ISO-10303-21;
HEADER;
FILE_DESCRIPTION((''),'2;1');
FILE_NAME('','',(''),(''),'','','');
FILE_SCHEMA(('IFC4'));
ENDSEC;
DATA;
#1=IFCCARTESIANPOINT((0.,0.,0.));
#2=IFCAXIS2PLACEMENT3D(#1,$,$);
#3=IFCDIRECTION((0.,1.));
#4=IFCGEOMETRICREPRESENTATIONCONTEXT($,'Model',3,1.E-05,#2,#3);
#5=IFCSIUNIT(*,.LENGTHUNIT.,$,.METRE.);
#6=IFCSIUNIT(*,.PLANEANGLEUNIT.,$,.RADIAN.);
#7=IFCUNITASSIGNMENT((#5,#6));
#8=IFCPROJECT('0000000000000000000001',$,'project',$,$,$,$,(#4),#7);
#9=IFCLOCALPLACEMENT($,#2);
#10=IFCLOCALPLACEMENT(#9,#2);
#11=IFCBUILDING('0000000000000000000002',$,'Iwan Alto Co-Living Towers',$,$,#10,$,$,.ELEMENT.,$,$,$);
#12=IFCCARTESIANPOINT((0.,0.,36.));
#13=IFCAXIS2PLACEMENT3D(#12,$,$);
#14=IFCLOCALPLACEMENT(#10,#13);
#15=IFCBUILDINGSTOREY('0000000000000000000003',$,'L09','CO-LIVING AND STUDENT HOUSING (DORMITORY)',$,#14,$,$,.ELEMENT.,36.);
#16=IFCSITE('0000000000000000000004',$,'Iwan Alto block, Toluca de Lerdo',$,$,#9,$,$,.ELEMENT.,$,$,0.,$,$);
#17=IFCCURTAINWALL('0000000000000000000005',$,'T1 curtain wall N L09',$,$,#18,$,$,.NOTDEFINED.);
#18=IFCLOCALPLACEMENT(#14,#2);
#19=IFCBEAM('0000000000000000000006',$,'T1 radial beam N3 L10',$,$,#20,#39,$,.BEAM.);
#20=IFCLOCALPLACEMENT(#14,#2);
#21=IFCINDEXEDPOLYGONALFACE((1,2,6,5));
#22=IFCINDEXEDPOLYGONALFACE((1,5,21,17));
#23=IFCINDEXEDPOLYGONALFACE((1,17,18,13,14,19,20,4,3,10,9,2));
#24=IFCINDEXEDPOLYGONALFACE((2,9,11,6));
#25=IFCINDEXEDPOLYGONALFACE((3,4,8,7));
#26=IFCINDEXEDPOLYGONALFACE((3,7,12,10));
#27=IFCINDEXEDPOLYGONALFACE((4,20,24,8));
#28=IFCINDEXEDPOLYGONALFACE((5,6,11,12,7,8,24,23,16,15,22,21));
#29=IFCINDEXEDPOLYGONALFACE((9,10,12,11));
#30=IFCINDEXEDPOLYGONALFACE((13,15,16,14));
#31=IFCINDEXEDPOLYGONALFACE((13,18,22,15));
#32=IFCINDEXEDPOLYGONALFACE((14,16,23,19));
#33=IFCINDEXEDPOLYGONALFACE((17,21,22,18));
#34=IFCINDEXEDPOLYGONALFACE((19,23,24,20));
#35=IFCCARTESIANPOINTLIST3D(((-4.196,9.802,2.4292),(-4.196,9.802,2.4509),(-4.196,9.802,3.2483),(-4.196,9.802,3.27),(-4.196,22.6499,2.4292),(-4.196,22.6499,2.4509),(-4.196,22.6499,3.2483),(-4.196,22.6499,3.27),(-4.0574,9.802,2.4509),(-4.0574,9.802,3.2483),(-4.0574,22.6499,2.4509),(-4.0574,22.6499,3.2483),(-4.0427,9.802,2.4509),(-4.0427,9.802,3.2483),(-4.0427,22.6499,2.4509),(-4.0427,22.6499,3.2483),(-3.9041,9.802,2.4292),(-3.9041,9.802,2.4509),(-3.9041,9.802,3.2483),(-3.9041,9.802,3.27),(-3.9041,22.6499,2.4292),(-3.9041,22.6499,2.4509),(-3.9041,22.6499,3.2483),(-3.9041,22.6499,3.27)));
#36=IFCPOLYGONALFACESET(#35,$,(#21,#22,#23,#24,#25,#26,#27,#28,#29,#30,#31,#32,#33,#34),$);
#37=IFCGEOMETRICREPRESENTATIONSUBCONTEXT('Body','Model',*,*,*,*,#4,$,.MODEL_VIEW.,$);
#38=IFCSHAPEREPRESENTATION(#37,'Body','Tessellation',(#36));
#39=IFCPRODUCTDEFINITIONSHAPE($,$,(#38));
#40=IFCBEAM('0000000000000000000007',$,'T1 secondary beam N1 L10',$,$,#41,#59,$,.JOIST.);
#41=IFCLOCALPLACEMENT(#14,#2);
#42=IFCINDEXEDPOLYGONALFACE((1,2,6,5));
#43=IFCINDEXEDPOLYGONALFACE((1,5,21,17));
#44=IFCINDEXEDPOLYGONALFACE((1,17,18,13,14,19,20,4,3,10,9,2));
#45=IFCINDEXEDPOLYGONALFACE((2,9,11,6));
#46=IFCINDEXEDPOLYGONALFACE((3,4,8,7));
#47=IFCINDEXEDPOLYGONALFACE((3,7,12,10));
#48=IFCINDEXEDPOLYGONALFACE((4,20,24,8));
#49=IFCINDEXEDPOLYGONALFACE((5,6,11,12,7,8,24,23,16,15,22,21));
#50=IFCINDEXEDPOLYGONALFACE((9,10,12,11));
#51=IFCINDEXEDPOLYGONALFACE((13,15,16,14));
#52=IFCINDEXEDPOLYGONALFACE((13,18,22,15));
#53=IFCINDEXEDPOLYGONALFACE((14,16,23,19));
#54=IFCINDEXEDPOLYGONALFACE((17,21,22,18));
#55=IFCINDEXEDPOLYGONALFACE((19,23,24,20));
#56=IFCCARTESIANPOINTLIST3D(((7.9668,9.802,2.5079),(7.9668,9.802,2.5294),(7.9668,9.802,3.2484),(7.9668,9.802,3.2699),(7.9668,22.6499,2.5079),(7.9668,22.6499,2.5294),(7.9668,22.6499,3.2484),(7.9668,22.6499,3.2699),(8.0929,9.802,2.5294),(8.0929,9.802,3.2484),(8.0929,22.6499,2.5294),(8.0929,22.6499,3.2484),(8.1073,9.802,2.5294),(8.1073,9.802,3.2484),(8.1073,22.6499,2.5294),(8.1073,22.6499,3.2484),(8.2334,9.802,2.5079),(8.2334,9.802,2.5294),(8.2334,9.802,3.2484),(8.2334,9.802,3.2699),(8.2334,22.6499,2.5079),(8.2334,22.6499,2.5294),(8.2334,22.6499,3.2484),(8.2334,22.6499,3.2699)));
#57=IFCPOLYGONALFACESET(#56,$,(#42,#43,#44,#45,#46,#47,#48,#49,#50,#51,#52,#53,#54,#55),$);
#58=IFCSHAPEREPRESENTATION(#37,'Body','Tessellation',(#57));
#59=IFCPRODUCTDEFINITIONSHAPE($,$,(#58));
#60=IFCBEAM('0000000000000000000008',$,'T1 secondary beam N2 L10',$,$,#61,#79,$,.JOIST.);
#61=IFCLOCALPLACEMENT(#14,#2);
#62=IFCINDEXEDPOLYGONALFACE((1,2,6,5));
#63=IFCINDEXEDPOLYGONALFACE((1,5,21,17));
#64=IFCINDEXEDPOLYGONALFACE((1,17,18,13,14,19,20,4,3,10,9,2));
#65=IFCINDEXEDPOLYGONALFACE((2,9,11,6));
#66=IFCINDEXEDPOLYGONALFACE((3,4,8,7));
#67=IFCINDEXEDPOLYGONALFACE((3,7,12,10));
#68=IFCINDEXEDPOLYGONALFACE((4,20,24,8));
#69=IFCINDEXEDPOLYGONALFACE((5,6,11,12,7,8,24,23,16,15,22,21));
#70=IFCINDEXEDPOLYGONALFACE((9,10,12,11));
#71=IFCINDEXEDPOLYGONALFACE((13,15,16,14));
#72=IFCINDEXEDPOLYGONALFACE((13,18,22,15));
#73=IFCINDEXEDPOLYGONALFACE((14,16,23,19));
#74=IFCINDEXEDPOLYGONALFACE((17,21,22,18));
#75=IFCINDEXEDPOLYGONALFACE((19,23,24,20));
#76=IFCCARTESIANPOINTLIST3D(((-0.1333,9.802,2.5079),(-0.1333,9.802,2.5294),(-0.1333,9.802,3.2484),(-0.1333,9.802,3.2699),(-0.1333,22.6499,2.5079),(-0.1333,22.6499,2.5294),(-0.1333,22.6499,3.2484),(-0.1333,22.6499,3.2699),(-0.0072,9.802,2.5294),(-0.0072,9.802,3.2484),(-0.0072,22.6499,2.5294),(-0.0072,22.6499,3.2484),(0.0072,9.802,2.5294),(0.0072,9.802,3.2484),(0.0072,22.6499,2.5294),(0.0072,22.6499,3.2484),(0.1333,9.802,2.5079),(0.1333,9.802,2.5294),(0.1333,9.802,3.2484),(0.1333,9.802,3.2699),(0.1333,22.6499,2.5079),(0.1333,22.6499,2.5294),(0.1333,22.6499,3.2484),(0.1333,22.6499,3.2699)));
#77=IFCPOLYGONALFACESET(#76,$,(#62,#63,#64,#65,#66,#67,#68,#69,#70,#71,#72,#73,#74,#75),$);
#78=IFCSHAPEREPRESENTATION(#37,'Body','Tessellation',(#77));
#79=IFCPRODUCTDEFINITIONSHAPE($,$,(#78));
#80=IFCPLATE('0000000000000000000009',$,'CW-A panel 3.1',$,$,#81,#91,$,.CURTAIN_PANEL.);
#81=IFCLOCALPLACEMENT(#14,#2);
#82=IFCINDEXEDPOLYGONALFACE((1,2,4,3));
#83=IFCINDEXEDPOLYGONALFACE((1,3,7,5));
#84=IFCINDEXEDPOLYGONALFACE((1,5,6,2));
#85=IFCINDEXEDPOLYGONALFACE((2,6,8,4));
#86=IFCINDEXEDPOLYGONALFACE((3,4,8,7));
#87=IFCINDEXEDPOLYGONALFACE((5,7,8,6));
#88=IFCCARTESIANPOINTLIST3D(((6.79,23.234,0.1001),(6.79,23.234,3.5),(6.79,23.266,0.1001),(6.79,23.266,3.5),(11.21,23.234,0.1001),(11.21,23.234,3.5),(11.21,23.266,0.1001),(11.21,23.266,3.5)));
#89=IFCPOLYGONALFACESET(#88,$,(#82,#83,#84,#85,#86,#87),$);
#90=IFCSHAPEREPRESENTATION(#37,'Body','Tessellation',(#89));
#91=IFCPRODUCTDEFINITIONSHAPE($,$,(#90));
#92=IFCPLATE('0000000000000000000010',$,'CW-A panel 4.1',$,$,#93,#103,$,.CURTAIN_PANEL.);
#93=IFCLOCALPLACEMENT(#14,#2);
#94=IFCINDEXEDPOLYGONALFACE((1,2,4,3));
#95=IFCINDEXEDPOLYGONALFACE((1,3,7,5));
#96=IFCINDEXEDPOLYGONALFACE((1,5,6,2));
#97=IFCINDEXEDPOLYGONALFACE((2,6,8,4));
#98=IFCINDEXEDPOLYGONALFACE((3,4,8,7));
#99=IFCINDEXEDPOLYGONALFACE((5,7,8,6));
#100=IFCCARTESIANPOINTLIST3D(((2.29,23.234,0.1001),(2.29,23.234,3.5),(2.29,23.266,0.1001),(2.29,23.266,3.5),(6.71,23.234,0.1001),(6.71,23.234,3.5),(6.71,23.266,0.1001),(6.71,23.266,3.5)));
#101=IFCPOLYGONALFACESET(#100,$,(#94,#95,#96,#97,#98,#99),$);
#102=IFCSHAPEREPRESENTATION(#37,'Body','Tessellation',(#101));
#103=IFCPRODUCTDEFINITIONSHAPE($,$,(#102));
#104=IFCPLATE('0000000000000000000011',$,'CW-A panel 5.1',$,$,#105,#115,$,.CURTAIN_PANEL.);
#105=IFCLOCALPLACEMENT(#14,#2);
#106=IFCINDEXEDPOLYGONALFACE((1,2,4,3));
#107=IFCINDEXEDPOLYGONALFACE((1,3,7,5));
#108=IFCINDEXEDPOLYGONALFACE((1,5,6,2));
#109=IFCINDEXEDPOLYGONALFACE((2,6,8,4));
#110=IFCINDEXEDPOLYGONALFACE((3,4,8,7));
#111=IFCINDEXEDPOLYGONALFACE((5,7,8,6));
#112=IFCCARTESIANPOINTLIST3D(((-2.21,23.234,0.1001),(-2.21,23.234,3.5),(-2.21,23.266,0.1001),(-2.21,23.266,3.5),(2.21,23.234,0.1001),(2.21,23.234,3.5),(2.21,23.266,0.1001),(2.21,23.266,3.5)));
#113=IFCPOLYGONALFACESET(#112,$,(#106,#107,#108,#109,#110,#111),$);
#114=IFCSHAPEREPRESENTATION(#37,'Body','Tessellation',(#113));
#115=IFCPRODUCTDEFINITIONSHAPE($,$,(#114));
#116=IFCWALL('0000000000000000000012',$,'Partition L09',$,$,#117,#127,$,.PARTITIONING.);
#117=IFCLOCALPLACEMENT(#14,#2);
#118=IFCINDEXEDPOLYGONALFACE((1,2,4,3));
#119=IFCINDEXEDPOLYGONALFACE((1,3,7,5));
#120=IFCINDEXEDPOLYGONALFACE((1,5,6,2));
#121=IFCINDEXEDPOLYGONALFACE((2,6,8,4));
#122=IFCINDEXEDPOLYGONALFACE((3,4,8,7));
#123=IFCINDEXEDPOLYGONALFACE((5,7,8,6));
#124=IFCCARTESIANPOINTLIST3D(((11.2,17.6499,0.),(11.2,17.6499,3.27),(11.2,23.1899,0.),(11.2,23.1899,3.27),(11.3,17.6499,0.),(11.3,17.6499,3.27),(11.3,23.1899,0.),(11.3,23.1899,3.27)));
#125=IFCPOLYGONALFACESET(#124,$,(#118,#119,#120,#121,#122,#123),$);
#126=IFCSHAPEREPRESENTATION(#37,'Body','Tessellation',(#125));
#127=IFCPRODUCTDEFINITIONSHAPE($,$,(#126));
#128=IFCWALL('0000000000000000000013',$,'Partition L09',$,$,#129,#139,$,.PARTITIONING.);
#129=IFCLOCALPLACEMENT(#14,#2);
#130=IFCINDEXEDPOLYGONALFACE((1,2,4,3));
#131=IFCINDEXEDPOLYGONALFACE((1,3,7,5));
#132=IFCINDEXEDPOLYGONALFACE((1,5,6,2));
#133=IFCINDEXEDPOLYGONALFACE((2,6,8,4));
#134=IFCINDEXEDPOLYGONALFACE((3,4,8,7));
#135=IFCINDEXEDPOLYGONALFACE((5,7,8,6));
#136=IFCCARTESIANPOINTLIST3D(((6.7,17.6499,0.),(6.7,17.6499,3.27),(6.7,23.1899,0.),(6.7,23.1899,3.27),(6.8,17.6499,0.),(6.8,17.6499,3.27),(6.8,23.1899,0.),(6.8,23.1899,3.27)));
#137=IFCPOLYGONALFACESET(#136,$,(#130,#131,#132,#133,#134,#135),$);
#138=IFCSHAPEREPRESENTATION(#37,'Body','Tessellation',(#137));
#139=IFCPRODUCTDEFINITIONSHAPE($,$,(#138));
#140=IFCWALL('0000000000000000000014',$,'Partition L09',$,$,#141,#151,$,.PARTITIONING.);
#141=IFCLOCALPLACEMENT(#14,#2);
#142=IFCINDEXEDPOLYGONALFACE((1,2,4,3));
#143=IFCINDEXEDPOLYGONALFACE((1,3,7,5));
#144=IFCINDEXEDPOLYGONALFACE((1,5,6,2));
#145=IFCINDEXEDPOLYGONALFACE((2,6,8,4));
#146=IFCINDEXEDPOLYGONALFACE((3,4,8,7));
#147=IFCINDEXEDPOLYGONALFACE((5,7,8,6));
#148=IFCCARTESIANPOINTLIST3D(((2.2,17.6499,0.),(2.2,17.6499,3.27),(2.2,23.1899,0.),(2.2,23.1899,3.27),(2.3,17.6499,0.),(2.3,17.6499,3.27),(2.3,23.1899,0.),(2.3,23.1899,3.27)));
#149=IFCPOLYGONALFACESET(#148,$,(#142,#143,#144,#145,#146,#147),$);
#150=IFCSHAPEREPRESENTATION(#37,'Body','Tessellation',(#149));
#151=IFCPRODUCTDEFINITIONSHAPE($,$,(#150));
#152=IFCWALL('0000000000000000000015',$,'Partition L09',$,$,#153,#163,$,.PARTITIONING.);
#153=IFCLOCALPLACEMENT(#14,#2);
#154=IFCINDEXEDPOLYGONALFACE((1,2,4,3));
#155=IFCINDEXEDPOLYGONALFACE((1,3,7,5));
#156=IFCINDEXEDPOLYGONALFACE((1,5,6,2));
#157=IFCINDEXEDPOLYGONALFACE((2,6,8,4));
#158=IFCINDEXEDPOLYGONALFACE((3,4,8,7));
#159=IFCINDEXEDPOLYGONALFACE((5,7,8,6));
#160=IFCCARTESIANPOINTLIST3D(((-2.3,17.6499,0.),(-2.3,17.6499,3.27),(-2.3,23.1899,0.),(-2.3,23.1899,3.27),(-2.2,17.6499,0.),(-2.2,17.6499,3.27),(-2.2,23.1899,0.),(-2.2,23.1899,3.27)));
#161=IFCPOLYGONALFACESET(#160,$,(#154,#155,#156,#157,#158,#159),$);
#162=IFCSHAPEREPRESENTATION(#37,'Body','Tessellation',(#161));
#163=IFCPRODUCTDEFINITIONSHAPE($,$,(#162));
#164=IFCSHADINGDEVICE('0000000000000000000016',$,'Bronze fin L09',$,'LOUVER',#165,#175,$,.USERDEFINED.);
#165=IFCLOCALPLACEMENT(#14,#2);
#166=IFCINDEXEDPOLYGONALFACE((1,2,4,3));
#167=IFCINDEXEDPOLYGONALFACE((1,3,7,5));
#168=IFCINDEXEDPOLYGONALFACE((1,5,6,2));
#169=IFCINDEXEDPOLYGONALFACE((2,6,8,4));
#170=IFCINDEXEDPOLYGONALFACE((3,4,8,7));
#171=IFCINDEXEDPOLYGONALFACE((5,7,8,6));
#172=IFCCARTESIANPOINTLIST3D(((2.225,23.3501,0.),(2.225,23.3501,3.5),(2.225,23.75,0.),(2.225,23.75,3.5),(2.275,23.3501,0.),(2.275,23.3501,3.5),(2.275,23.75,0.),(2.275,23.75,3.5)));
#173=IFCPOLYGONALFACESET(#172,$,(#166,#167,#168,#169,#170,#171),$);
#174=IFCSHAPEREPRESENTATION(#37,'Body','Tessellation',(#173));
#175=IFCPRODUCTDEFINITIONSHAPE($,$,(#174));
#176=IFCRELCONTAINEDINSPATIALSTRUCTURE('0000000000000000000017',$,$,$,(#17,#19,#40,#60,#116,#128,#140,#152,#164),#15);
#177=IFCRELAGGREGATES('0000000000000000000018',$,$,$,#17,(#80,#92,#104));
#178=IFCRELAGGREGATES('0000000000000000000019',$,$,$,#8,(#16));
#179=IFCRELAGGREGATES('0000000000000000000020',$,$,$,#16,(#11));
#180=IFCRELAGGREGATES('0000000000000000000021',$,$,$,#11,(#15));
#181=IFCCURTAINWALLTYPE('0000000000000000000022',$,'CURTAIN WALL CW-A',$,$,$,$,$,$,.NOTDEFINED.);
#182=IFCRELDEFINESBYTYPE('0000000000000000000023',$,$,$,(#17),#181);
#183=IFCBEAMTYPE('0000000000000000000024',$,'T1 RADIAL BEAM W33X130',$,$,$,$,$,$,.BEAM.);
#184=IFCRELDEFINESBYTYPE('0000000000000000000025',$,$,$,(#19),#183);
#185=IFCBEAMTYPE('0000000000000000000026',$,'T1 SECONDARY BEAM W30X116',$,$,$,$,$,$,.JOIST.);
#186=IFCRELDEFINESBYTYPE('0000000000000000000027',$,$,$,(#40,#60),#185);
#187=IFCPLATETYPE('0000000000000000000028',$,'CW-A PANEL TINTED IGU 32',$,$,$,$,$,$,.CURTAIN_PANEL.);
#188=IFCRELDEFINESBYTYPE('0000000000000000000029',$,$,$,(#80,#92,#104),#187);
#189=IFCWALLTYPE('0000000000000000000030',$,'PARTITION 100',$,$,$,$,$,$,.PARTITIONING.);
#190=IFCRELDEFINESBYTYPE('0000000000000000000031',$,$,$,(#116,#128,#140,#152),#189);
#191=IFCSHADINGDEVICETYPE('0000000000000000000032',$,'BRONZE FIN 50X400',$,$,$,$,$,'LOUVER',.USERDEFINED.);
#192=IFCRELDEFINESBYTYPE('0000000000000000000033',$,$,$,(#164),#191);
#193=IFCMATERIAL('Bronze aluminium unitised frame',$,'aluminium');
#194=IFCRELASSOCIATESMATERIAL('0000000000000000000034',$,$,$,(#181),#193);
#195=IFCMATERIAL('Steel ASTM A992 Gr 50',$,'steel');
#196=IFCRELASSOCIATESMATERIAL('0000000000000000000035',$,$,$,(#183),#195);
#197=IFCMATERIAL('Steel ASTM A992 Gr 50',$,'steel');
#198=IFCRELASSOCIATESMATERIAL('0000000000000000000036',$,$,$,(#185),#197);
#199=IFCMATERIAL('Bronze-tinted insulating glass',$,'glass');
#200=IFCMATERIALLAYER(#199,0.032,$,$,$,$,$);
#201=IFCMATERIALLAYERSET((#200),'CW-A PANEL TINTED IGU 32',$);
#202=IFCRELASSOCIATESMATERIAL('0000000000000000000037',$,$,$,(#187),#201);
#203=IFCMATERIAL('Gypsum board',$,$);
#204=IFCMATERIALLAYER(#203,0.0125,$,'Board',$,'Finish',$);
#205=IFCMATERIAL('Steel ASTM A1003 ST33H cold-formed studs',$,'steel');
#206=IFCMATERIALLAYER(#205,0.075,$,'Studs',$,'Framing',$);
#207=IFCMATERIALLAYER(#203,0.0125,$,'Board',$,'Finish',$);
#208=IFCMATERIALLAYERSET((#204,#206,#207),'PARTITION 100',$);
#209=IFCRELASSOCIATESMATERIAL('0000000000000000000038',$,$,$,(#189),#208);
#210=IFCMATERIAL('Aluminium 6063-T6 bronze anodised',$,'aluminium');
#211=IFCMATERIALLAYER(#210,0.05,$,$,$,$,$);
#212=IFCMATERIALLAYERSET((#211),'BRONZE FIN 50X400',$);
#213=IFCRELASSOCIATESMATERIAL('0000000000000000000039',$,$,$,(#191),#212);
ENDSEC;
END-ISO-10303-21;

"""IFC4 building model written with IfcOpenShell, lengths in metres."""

from ifc_helpers import new_model, si_unit, direction, frame, frame_2d, origin, origin_2d, place, context, subcontext, project, spatial, rectangle, i_section, extrude, material, layer, layer_set, material_profile, profile_set, type_object, element, aggregate, save


model = new_model("IFC4")

# Units and contexts
model_context = context("Model", 3, precision=1e-05, world=origin(), true_north=direction((0.0, 1.0)))
body_context = subcontext(model_context, "Body", "Model", "MODEL_VIEW")
ifc_project = project(units=[si_unit("LENGTHUNIT", "METRE"), si_unit("PLANEANGLEUNIT", "RADIAN")], contexts=[model_context])

# Site, building, storey
site_placement = place(None, origin())
site = spatial("IfcSite", under=ifc_project, at=site_placement, Name="Iwan Alto block, Toluca de Lerdo", CompositionType="ELEMENT", RefElevation=0.0)
building_placement = place(site_placement, origin())
building = spatial("IfcBuilding", under=site, at=building_placement, Name="Iwan Alto Co-Living Towers", CompositionType="ELEMENT")
storey_placement = place(building_placement, frame((0.0, 0.0, 36.0)))
storey = spatial("IfcBuildingStorey", under=building, at=storey_placement, Name="L09", Description="CO-LIVING AND STUDENT HOUSING (DORMITORY)", CompositionType="ELEMENT", Elevation=36.0)

# Curtain wall
ifc_material_1 = material(Name="Bronze aluminium unitised frame", Category="aluminium")
curtain_wall_type = type_object("IfcCurtainWallType", Name="CURTAIN WALL CW-A", PredefinedType="NOTDEFINED", material=ifc_material_1)
curtain_wall_placement = place(storey_placement, origin())
curtain_wall = element("IfcCurtainWall", 1, at=curtain_wall_placement, inside=storey, type_object=curtain_wall_type, Name="T1 curtain wall N L09", PredefinedType="NOTDEFINED")

# Beams
ifc_material_2 = material(Name="Steel ASTM A992 Gr 50", Category="steel")
ifc_material_profile_1 = material_profile(ifc_material_2, i_section(OverallWidth=0.292, OverallDepth=0.8408, WebThickness=0.0146, FlangeThickness=0.0217, at=origin_2d()), Name="W33X130")
ifc_profile_set_1 = profile_set([ifc_material_profile_1], Name="Steel ASTM A992 Gr 50")
beam_type_1 = type_object("IfcBeamType", Name="T1 RADIAL BEAM W33X130", PredefinedType="BEAM", material=ifc_profile_set_1)
for number, where, z_axis, x_axis, name in (
    (2, (-4.05, 22.6499, 2.8496), (0.0, -1.0, 0.0), (1.0, 0.0, 0.0), "T1 radial beam N3 L10"),
):
    element("IfcBeam", number, at=place(storey_placement, frame(where, z_axis=z_axis, x_axis=x_axis)), inside=storey, type_object=beam_type_1, Name=name, PredefinedType="BEAM", context=body_context, shape_type="SweptSolid", body=[
        extrude(i_section(OverallWidth=0.292, OverallDepth=0.8408, WebThickness=0.0146, FlangeThickness=0.0217, at=origin_2d()), origin(), (0.0, 0.0, 1.0), 12.8479),
    ])
ifc_material_3 = material(Name="Steel ASTM A992 Gr 50", Category="steel")
ifc_material_profile_2 = material_profile(ifc_material_3, i_section(OverallWidth=0.2666, OverallDepth=0.762, WebThickness=0.0144, FlangeThickness=0.0215, at=origin_2d()), Name="W30X116")
ifc_profile_set_2 = profile_set([ifc_material_profile_2], Name="Steel ASTM A992 Gr 50")
beam_type_2 = type_object("IfcBeamType", Name="T1 SECONDARY BEAM W30X116", PredefinedType="JOIST", material=ifc_profile_set_2)
for number, where, z_axis, x_axis, name in (
    (3, (8.1001, 22.6499, 2.8889), (0.0, -1.0, 0.0), (1.0, 0.0, 0.0), "T1 secondary beam N1 L10"),
    (4, (0.0, 22.6499, 2.8889), (0.0, -1.0, 0.0), (1.0, 0.0, 0.0), "T1 secondary beam N2 L10"),
):
    element("IfcBeam", number, at=place(storey_placement, frame(where, z_axis=z_axis, x_axis=x_axis)), inside=storey, type_object=beam_type_2, Name=name, PredefinedType="JOIST", context=body_context, shape_type="SweptSolid", body=[
        extrude(i_section(OverallWidth=0.2666, OverallDepth=0.762, WebThickness=0.0144, FlangeThickness=0.0215, at=origin_2d()), origin(), (0.0, 0.0, 1.0), 12.8479),
    ])

# Plates
ifc_material_4 = material(Name="Bronze-tinted insulating glass", Category="glass")
ifc_layer_1 = layer(ifc_material_4, 0.032)
ifc_layer_set_1 = layer_set([ifc_layer_1], Name="CW-A PANEL TINTED IGU 32")
plate_type = type_object("IfcPlateType", Name="CW-A PANEL TINTED IGU 32", PredefinedType="CURTAIN_PANEL", material=ifc_layer_set_1)
plate_1_placement = place(storey_placement, frame((9.0, 23.25, 0.1001), z_axis=(0.0, 0.0, 1.0), x_axis=(-1.0, 0.0, 0.0)))
plate_1 = element("IfcPlate", 5, at=plate_1_placement, type_object=plate_type, Name="CW-A panel 3.1", PredefinedType="CURTAIN_PANEL", context=body_context, shape_type="SweptSolid", body=[
    extrude(rectangle(XDim=4.4199, YDim=0.032, at=origin_2d()), origin(), (0.0, 0.0, 1.0), 3.3999),
])
plate_2_placement = place(storey_placement, frame((4.5, 23.25, 0.1001), z_axis=(0.0, 0.0, 1.0), x_axis=(-1.0, 0.0, 0.0)))
plate_2 = element("IfcPlate", 6, at=plate_2_placement, type_object=plate_type, Name="CW-A panel 4.1", PredefinedType="CURTAIN_PANEL", context=body_context, shape_type="SweptSolid", body=[
    extrude(rectangle(XDim=4.4199, YDim=0.032, at=origin_2d()), origin(), (0.0, 0.0, 1.0), 3.3999),
])
plate_3_placement = place(storey_placement, frame((0.0, 23.25, 0.1001), z_axis=(0.0, 0.0, 1.0), x_axis=(-1.0, 0.0, 0.0)))
plate_3 = element("IfcPlate", 7, at=plate_3_placement, type_object=plate_type, Name="CW-A panel 5.1", PredefinedType="CURTAIN_PANEL", context=body_context, shape_type="SweptSolid", body=[
    extrude(rectangle(XDim=4.4199, YDim=0.032, at=origin_2d()), origin(), (0.0, 0.0, 1.0), 3.3999),
])
aggregate(curtain_wall, [plate_1, plate_2, plate_3])

# Walls
ifc_material_5 = material(Name="Gypsum board")
ifc_layer_2 = layer(ifc_material_5, 0.0125, Name="Board", Category="Finish")
ifc_material_6 = material(Name="Steel ASTM A1003 ST33H cold-formed studs", Category="steel")
ifc_layer_3 = layer(ifc_material_6, 0.075, Name="Studs", Category="Framing")
ifc_layer_4 = layer(ifc_material_5, 0.0125, Name="Board", Category="Finish")
ifc_layer_set_2 = layer_set([ifc_layer_2, ifc_layer_3, ifc_layer_4], Name="PARTITION 100")
wall_type = type_object("IfcWallType", Name="PARTITION 100", PredefinedType="PARTITIONING", material=ifc_layer_set_2)
for number, where, z_axis, x_axis, name in (
    (8, (11.25, 17.6499, 0.0), (0.0, 0.0, 1.0), (0.0, 1.0, 0.0), "Partition L09"),
    (9, (6.75, 17.6499, 0.0), (0.0, 0.0, 1.0), (0.0, 1.0, 0.0), "Partition L09"),
    (10, (2.25, 17.6499, 0.0), (0.0, 0.0, 1.0), (0.0, 1.0, 0.0), "Partition L09"),
    (11, (-2.25, 17.6499, 0.0), (0.0, 0.0, 1.0), (0.0, 1.0, 0.0), "Partition L09"),
):
    element("IfcWall", number, at=place(storey_placement, frame(where, z_axis=z_axis, x_axis=x_axis)), inside=storey, type_object=wall_type, Name=name, PredefinedType="PARTITIONING", context=body_context, shape_type="SweptSolid", body=[
        extrude(rectangle(XDim=5.54, YDim=0.1001, at=frame_2d((2.77, 0.0))), origin(), (0.0, 0.0, 1.0), 3.27),
    ])

# Shading device
ifc_material_7 = material(Name="Aluminium 6063-T6 bronze anodised", Category="aluminium")
ifc_layer_5 = layer(ifc_material_7, 0.05)
ifc_layer_set_3 = layer_set([ifc_layer_5], Name="BRONZE FIN 50X400")
shading_device_type = type_object("IfcShadingDeviceType", Name="BRONZE FIN 50X400", ElementType="LOUVER", PredefinedType="USERDEFINED", material=ifc_layer_set_3)
shading_device_placement = place(storey_placement, frame((2.25, 23.55, 0.0), z_axis=(0.0, 0.0, 1.0), x_axis=(-1.0, 0.0, 0.0)))
element("IfcShadingDevice", 12, at=shading_device_placement, inside=storey, type_object=shading_device_type, Name="Bronze fin L09", ObjectType="LOUVER", PredefinedType="USERDEFINED", context=body_context, shape_type="SweptSolid", body=[
    extrude(rectangle(XDim=0.05, YDim=0.3999, at=origin_2d()), origin(), (0.0, 0.0, 1.0), 3.5),
])

save(model, "model.ifc")
